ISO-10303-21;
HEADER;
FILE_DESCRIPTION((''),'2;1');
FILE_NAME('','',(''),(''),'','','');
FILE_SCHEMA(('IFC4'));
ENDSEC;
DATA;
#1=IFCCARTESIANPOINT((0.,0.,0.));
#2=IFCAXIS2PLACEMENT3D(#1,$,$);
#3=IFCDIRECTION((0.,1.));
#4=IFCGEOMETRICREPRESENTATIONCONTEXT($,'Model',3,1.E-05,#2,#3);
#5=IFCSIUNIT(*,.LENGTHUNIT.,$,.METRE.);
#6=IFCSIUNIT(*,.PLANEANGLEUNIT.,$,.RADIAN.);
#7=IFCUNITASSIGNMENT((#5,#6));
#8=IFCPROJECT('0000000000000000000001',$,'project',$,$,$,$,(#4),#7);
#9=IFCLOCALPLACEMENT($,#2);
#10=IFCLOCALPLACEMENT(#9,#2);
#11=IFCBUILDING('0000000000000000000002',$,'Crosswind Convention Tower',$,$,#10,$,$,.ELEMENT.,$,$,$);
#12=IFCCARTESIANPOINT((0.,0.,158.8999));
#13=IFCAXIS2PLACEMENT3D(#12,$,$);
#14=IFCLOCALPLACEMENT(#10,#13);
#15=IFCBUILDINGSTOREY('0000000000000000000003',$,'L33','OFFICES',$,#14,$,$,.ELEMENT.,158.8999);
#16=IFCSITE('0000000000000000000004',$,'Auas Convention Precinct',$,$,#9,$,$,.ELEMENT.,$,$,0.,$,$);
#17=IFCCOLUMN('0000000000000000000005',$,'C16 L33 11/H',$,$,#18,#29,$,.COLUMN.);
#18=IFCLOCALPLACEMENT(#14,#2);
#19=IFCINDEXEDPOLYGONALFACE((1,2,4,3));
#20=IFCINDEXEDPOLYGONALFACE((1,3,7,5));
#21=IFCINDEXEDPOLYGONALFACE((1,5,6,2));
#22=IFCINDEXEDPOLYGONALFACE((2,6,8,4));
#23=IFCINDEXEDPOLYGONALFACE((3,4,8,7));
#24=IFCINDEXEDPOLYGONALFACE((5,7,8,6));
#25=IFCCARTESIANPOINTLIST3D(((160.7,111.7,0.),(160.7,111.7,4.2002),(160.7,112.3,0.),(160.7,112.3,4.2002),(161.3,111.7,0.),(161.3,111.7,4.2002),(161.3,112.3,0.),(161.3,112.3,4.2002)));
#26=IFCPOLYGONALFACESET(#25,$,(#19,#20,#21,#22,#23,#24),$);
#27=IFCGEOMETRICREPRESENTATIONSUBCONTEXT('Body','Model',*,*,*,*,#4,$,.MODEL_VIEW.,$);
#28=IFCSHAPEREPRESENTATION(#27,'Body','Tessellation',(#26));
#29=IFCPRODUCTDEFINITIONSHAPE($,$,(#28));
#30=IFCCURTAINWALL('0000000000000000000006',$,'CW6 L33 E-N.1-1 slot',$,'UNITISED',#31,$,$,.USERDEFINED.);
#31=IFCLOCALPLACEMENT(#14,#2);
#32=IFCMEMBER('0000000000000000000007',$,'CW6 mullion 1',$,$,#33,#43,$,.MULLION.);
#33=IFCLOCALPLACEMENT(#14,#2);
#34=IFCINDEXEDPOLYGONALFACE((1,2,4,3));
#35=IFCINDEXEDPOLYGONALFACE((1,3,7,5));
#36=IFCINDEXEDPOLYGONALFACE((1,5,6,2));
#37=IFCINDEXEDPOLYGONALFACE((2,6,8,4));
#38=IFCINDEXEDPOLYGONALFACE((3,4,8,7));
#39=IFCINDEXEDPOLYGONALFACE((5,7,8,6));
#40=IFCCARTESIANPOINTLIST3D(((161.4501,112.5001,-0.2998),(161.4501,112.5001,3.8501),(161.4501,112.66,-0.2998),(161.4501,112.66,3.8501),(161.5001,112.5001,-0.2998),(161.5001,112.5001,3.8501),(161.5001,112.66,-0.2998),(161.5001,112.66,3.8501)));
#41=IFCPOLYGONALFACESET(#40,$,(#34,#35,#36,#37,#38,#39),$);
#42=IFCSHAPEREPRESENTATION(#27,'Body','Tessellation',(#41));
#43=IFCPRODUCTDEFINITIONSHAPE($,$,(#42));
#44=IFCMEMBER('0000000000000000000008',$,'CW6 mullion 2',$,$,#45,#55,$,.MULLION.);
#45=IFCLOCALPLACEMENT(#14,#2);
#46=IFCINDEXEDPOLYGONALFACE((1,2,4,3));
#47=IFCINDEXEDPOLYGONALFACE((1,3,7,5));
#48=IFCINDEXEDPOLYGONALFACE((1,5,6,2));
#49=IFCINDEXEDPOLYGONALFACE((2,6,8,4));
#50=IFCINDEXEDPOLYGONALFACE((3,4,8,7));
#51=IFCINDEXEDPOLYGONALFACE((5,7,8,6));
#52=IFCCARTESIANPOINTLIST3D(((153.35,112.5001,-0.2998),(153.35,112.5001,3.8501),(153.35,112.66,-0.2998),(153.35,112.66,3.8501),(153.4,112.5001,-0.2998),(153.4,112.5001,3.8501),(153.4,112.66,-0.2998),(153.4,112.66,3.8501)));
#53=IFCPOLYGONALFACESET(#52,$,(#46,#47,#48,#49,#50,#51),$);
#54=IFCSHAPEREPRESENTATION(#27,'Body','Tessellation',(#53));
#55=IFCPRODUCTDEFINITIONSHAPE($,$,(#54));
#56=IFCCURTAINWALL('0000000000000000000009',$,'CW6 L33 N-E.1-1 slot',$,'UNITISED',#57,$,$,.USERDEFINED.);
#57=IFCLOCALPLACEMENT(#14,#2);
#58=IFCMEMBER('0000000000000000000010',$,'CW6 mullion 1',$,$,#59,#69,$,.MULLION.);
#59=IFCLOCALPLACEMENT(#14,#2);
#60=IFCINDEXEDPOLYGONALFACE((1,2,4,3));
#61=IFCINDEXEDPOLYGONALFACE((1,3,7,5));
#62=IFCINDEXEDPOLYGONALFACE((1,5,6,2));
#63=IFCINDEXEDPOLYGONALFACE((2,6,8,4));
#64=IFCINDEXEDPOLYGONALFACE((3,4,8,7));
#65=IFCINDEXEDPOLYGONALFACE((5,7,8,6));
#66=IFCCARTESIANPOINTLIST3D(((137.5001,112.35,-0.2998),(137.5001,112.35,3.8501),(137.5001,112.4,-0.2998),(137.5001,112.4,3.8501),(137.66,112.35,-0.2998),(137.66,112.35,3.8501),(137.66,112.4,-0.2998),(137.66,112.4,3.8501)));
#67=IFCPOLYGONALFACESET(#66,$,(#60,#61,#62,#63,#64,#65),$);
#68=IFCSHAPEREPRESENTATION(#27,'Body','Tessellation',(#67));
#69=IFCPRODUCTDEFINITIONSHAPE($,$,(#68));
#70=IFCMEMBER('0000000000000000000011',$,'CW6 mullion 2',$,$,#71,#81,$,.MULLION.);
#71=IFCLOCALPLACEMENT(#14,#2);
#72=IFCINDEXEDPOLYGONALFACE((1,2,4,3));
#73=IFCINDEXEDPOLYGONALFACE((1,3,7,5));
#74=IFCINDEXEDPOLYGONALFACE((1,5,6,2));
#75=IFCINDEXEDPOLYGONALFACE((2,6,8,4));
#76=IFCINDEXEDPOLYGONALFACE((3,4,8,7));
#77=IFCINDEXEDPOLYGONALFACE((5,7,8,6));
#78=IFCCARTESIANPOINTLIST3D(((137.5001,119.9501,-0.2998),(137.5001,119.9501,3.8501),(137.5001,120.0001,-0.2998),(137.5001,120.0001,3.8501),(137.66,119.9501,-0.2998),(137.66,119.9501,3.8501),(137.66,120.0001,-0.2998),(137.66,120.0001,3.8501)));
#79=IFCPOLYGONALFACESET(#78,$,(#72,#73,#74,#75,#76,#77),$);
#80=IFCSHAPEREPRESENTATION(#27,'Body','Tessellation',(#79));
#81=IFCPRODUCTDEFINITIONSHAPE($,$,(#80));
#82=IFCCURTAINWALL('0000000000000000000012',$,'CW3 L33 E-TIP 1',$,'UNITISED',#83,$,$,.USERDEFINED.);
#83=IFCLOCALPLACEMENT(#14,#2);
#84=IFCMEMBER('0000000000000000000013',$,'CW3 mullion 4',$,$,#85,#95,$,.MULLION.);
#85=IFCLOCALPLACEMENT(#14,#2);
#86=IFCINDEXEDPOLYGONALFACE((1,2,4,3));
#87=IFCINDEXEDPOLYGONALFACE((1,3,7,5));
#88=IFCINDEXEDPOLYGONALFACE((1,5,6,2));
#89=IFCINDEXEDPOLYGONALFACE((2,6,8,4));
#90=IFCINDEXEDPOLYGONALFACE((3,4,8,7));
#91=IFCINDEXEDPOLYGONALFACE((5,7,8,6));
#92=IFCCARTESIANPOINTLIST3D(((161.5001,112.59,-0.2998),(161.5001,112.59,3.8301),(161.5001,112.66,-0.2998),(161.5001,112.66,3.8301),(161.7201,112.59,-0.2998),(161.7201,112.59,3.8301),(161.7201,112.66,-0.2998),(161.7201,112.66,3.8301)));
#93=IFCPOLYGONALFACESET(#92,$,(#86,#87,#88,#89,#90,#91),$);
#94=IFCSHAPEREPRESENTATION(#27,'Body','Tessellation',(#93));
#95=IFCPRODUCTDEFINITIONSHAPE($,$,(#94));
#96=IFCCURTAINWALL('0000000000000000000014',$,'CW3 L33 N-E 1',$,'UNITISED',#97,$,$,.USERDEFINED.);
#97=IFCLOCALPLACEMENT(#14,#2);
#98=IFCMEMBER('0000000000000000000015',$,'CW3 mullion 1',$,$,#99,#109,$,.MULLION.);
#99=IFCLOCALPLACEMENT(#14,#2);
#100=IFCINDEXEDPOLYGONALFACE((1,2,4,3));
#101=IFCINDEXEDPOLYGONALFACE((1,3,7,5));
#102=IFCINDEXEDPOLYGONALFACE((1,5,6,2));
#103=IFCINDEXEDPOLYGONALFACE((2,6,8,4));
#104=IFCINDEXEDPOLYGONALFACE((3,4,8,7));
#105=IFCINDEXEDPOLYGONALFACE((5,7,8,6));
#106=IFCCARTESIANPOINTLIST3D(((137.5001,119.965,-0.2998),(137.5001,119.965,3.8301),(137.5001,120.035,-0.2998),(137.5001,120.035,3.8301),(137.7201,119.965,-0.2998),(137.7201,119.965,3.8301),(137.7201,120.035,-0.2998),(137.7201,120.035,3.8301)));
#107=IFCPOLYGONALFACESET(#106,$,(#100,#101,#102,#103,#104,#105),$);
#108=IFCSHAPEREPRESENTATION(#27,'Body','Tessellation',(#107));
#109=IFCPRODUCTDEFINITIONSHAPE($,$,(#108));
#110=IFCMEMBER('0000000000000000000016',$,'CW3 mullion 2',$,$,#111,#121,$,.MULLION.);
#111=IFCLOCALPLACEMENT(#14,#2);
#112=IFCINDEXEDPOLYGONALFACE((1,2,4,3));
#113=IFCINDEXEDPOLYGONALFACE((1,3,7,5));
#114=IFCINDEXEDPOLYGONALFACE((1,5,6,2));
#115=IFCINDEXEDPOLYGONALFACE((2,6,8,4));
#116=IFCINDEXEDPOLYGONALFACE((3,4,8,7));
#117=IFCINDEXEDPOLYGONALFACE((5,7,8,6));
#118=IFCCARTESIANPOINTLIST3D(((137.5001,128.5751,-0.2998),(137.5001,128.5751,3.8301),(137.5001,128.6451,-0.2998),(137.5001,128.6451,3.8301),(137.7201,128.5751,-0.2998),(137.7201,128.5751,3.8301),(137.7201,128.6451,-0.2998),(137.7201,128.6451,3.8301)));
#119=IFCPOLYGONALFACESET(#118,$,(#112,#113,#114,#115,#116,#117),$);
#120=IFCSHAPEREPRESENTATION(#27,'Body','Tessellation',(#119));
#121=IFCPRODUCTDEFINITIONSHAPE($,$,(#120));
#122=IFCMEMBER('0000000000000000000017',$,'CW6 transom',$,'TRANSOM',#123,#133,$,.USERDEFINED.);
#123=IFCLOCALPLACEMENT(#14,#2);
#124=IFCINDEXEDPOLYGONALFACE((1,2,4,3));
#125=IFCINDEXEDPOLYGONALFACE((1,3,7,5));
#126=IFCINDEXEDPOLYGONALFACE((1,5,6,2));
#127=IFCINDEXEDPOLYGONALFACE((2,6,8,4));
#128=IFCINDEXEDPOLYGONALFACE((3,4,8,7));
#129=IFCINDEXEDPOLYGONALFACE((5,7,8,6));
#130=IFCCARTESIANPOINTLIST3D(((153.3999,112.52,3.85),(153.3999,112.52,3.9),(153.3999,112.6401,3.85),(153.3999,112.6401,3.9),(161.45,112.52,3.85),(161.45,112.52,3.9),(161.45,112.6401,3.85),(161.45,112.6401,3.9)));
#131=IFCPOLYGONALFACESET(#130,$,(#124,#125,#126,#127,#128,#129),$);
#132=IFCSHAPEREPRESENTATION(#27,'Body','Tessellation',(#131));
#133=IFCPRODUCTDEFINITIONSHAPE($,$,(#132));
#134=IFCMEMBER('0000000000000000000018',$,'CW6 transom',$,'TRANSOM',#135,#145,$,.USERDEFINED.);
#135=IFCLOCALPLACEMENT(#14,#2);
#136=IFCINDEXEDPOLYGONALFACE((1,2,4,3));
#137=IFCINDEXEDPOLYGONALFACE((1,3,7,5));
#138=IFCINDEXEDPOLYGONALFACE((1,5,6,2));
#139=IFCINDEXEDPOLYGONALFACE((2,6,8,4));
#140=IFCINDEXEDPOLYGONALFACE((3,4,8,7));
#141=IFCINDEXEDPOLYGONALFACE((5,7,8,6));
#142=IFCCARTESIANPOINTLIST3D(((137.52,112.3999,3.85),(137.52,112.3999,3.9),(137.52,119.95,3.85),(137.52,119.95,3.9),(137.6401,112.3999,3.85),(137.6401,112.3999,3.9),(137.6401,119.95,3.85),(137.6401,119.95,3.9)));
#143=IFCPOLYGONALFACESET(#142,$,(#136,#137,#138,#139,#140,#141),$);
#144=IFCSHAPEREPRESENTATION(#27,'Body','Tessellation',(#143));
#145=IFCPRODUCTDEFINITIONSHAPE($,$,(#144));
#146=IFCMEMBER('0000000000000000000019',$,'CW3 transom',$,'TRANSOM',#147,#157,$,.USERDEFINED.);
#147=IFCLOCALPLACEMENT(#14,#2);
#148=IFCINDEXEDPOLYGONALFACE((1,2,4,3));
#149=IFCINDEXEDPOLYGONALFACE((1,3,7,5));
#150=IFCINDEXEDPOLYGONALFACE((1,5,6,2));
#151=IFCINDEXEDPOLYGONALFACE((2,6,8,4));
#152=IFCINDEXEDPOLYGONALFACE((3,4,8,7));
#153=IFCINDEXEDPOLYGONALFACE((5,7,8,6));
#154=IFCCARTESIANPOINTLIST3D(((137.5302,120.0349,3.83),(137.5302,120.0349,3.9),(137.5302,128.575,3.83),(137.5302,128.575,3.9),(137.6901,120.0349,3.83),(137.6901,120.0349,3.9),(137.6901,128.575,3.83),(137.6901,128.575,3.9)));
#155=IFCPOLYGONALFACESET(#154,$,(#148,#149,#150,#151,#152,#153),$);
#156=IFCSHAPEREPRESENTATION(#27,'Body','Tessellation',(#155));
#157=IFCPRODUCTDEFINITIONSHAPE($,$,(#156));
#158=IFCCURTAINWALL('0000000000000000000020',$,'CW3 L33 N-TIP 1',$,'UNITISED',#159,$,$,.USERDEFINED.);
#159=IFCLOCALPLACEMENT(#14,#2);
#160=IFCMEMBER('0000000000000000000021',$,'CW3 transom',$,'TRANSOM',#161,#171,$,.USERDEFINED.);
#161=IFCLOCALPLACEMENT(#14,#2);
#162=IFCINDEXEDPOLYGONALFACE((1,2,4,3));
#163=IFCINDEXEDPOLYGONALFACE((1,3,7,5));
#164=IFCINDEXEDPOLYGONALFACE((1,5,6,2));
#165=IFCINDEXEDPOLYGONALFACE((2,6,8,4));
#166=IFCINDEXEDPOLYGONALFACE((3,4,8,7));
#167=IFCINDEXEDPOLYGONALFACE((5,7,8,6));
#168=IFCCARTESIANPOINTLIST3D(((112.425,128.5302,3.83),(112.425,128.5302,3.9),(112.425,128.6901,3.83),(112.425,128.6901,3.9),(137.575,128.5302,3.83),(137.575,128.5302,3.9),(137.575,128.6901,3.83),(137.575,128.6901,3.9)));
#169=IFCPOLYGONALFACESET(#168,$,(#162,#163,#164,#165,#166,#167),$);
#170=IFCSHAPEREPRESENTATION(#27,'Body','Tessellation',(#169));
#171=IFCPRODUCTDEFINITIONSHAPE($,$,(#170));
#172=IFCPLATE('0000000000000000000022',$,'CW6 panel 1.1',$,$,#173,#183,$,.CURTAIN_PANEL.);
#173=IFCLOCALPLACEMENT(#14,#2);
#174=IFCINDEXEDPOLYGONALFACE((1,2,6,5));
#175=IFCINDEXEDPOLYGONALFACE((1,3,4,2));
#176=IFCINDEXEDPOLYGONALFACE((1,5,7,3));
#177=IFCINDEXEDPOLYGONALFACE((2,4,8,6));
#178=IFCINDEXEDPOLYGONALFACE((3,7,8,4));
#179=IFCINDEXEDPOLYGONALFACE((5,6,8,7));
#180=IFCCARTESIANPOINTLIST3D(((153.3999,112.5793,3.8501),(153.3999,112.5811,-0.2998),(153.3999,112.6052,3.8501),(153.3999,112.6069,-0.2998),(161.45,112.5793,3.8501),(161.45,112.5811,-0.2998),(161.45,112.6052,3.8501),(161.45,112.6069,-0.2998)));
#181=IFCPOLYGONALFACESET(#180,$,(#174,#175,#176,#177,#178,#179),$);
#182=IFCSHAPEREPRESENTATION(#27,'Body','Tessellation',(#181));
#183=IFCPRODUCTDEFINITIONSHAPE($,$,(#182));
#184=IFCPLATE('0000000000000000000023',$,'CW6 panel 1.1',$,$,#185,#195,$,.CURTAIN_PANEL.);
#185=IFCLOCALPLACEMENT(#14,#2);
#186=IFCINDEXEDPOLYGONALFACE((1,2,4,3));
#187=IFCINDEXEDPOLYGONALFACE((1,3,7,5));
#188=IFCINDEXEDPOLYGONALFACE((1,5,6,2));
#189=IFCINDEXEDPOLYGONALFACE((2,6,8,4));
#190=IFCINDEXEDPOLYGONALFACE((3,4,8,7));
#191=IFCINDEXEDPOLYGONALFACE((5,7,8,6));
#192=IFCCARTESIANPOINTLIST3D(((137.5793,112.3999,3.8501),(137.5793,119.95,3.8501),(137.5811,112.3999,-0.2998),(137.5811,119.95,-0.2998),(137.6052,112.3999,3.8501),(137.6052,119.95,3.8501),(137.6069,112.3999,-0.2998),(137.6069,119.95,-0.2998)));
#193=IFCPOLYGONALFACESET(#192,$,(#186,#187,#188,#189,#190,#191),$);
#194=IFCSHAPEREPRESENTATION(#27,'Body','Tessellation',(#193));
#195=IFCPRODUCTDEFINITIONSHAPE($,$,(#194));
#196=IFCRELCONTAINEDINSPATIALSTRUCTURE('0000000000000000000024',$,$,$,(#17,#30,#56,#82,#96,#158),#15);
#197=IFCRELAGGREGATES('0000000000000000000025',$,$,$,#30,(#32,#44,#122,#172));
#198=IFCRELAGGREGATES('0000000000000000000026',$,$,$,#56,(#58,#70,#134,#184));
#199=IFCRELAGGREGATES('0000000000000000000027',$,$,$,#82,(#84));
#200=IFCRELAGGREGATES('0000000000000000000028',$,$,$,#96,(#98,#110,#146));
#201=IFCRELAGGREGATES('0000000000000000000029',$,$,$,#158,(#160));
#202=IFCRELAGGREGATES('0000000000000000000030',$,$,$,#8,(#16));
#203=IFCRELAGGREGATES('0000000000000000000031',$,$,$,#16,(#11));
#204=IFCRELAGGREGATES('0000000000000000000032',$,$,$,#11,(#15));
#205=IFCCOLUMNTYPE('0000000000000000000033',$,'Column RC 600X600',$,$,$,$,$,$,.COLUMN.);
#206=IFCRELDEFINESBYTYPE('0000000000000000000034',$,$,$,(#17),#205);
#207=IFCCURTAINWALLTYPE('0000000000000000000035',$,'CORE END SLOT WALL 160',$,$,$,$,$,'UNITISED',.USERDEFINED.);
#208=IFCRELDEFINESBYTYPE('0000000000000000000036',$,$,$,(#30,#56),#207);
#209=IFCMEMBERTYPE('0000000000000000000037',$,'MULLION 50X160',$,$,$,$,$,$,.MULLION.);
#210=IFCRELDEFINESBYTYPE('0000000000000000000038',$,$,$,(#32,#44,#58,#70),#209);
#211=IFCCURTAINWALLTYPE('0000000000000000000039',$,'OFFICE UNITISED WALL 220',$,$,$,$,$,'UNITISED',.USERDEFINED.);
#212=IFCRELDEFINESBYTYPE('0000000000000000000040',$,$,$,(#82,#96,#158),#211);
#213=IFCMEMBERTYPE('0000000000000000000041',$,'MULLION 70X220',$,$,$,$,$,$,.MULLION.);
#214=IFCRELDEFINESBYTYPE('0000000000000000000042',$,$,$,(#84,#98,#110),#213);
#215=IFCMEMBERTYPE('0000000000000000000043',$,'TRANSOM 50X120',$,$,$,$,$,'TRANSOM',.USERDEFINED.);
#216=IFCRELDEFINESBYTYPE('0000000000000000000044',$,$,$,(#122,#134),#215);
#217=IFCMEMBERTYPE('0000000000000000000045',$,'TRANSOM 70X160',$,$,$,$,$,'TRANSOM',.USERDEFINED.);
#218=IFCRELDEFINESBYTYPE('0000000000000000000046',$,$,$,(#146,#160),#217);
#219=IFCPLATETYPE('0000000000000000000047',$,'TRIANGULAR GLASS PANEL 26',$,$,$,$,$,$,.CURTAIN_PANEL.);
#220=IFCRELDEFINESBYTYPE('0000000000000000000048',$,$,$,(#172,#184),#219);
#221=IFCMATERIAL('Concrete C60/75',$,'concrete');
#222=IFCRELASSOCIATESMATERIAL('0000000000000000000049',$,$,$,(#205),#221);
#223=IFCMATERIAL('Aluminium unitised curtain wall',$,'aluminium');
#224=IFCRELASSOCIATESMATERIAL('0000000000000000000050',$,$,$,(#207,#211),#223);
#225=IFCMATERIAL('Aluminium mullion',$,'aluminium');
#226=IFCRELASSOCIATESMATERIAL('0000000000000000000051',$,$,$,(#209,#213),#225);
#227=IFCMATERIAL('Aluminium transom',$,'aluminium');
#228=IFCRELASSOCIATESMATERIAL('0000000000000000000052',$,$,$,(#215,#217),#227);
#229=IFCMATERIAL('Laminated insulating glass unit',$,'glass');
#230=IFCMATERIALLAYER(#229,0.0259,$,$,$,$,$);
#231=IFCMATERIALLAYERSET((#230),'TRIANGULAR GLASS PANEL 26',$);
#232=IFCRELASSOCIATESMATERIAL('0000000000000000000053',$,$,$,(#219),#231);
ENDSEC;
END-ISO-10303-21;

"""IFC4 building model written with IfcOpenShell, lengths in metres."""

from ifc_helpers import new_model, si_unit, direction, frame, origin, origin_2d, place, context, subcontext, project, spatial, polyline, rectangle, outline, extrude, material, layer, layer_set, material_profile, profile_set, type_object, element, aggregate, save


model = new_model("IFC4")

# Units and contexts
model_context = context("Model", 3, precision=1e-05, world=origin(), true_north=direction((0.0, 1.0)))
body_context = subcontext(model_context, "Body", "Model", "MODEL_VIEW")
ifc_project = project(units=[si_unit("LENGTHUNIT", "METRE"), si_unit("PLANEANGLEUNIT", "RADIAN")], contexts=[model_context])

# Site, building, storey
site_placement = place(None, origin())
site = spatial("IfcSite", under=ifc_project, at=site_placement, Name="Auas Convention Precinct", CompositionType="ELEMENT", RefElevation=0.0)
building_placement = place(site_placement, origin())
building = spatial("IfcBuilding", under=site, at=building_placement, Name="Crosswind Convention Tower", CompositionType="ELEMENT")
storey_placement = place(building_placement, frame((0.0, 0.0, 158.8999)))
storey = spatial("IfcBuildingStorey", under=building, at=storey_placement, Name="L33", Description="OFFICES", CompositionType="ELEMENT", Elevation=158.8999)

# Column
ifc_material_1 = material(Name="Concrete C60/75", Category="concrete")
ifc_material_profile_1 = material_profile(ifc_material_1, rectangle(XDim=0.6001, YDim=0.6001, at=origin_2d()), Name="RC 600X600")
ifc_profile_set_1 = profile_set([ifc_material_profile_1], Name="Concrete C60/75")
column_type = type_object("IfcColumnType", Name="Column RC 600X600", PredefinedType="COLUMN", material=ifc_profile_set_1)
column_placement = place(storey_placement, frame((161.0, 112.0, 0.0), z_axis=(0.0, 0.0, 1.0), x_axis=(1.0, 0.0, 0.0)))
element("IfcColumn", 1, at=column_placement, inside=storey, type_object=column_type, Name="C16 L33 11/H", PredefinedType="COLUMN", context=body_context, shape_type="SweptSolid", body=[
    extrude(rectangle(XDim=0.6001, YDim=0.6001, at=origin_2d()), origin(), (0.0, 0.0, 1.0), 4.2002),
])

# Curtain walls, members
ifc_material_2 = material(Name="Aluminium unitised curtain wall", Category="aluminium")
curtain_wall_type_1 = type_object("IfcCurtainWallType", Name="CORE END SLOT WALL 160", ElementType="UNITISED", PredefinedType="USERDEFINED", material=ifc_material_2)
curtain_wall_1_placement = place(storey_placement, origin())
curtain_wall_1 = element("IfcCurtainWall", 2, at=curtain_wall_1_placement, inside=storey, type_object=curtain_wall_type_1, Name="CW6 L33 E-N.1-1 slot", ObjectType="UNITISED", PredefinedType="USERDEFINED")
ifc_material_3 = material(Name="Aluminium mullion", Category="aluminium")
ifc_material_profile_2 = material_profile(ifc_material_3, rectangle(XDim=0.1599, YDim=0.05, at=origin_2d()), Name="AL 160X50")
ifc_profile_set_2 = profile_set([ifc_material_profile_2], Name="Aluminium mullion")
member_type_1 = type_object("IfcMemberType", Name="MULLION 50X160", PredefinedType="MULLION", material=ifc_profile_set_2)
member_1_placement = place(storey_placement, frame((161.4751, 112.5801, -0.2998), z_axis=(0.0, 0.0, 1.0), x_axis=(0.0, 1.0, 0.0)))
member_1 = element("IfcMember", 3, at=member_1_placement, type_object=member_type_1, Name="CW6 mullion 1", PredefinedType="MULLION", context=body_context, shape_type="SweptSolid", body=[
    extrude(rectangle(XDim=0.1599, YDim=0.05, at=origin_2d()), origin(), (0.0, 0.0, 1.0), 4.1499),
])
member_2_placement = place(storey_placement, frame((153.375, 112.5801, -0.2998), z_axis=(0.0, 0.0, 1.0), x_axis=(0.0, 1.0, 0.0)))
member_2 = element("IfcMember", 4, at=member_2_placement, type_object=member_type_1, Name="CW6 mullion 2", PredefinedType="MULLION", context=body_context, shape_type="SweptSolid", body=[
    extrude(rectangle(XDim=0.1599, YDim=0.05, at=origin_2d()), origin(), (0.0, 0.0, 1.0), 4.1499),
])
curtain_wall_2_placement = place(storey_placement, origin())
curtain_wall_2 = element("IfcCurtainWall", 5, at=curtain_wall_2_placement, inside=storey, type_object=curtain_wall_type_1, Name="CW6 L33 N-E.1-1 slot", ObjectType="UNITISED", PredefinedType="USERDEFINED")
member_3_placement = place(storey_placement, frame((137.5801, 112.375, -0.2998), z_axis=(0.0, 0.0, 1.0), x_axis=(1.0, 0.0, 0.0)))
member_3 = element("IfcMember", 6, at=member_3_placement, type_object=member_type_1, Name="CW6 mullion 1", PredefinedType="MULLION", context=body_context, shape_type="SweptSolid", body=[
    extrude(rectangle(XDim=0.1599, YDim=0.05, at=origin_2d()), origin(), (0.0, 0.0, 1.0), 4.1499),
])
member_4_placement = place(storey_placement, frame((137.5801, 119.9751, -0.2998), z_axis=(0.0, 0.0, 1.0), x_axis=(1.0, 0.0, 0.0)))
member_4 = element("IfcMember", 7, at=member_4_placement, type_object=member_type_1, Name="CW6 mullion 2", PredefinedType="MULLION", context=body_context, shape_type="SweptSolid", body=[
    extrude(rectangle(XDim=0.1599, YDim=0.05, at=origin_2d()), origin(), (0.0, 0.0, 1.0), 4.1499),
])

# Curtain wall, member
curtain_wall_type_2 = type_object("IfcCurtainWallType", Name="OFFICE UNITISED WALL 220", ElementType="UNITISED", PredefinedType="USERDEFINED", material=ifc_material_2)
curtain_wall_3_placement = place(storey_placement, origin())
curtain_wall_3 = element("IfcCurtainWall", 8, at=curtain_wall_3_placement, inside=storey, type_object=curtain_wall_type_2, Name="CW3 L33 E-TIP 1", ObjectType="UNITISED", PredefinedType="USERDEFINED")
ifc_material_profile_3 = material_profile(ifc_material_3, rectangle(XDim=0.22, YDim=0.0701, at=origin_2d()), Name="AL 220X70")
ifc_profile_set_3 = profile_set([ifc_material_profile_3], Name="Aluminium mullion")
member_type_2 = type_object("IfcMemberType", Name="MULLION 70X220", PredefinedType="MULLION", material=ifc_profile_set_3)
member_5_placement = place(storey_placement, frame((161.6101, 112.625, -0.2998), z_axis=(0.0, 0.0, 1.0), x_axis=(1.0, 0.0, 0.0)))
member_5 = element("IfcMember", 9, at=member_5_placement, type_object=member_type_2, Name="CW3 mullion 4", PredefinedType="MULLION", context=body_context, shape_type="SweptSolid", body=[
    extrude(rectangle(XDim=0.22, YDim=0.0701, at=origin_2d()), origin(), (0.0, 0.0, 1.0), 4.1299),
])

# Curtain wall, members
curtain_wall_4_placement = place(storey_placement, origin())
curtain_wall_4 = element("IfcCurtainWall", 10, at=curtain_wall_4_placement, inside=storey, type_object=curtain_wall_type_2, Name="CW3 L33 N-E 1", ObjectType="UNITISED", PredefinedType="USERDEFINED")
member_6_placement = place(storey_placement, frame((137.6101, 120.0, -0.2998), z_axis=(0.0, 0.0, 1.0), x_axis=(1.0, 0.0, 0.0)))
member_6 = element("IfcMember", 11, at=member_6_placement, type_object=member_type_2, Name="CW3 mullion 1", PredefinedType="MULLION", context=body_context, shape_type="SweptSolid", body=[
    extrude(rectangle(XDim=0.22, YDim=0.0701, at=origin_2d()), origin(), (0.0, 0.0, 1.0), 4.1299),
])
member_7_placement = place(storey_placement, frame((137.6101, 128.6101, -0.2998), z_axis=(0.0, 0.0, 1.0), x_axis=(1.0, 0.0, 0.0)))
member_7 = element("IfcMember", 12, at=member_7_placement, type_object=member_type_2, Name="CW3 mullion 2", PredefinedType="MULLION", context=body_context, shape_type="SweptSolid", body=[
    extrude(rectangle(XDim=0.22, YDim=0.0701, at=origin_2d()), origin(), (0.0, 0.0, 1.0), 4.1299),
])

# Members
ifc_material_4 = material(Name="Aluminium transom", Category="aluminium")
ifc_material_profile_4 = material_profile(ifc_material_4, rectangle(XDim=0.1201, YDim=0.05, at=origin_2d()), Name="AL 120X50")
ifc_profile_set_4 = profile_set([ifc_material_profile_4], Name="Aluminium transom")
member_type_3 = type_object("IfcMemberType", Name="TRANSOM 50X120", ElementType="TRANSOM", PredefinedType="USERDEFINED", material=ifc_profile_set_4)
member_8_placement = place(storey_placement, frame((161.45, 112.5801, 3.875), z_axis=(-1.0, 0.0, 0.0), x_axis=(0.0, -1.0, 0.0)))
member_8 = element("IfcMember", 13, at=member_8_placement, type_object=member_type_3, Name="CW6 transom", ObjectType="TRANSOM", PredefinedType="USERDEFINED", context=body_context, shape_type="SweptSolid", body=[
    extrude(rectangle(XDim=0.1201, YDim=0.05, at=origin_2d()), origin(), (0.0, 0.0, 1.0), 8.05),
])
member_9_placement = place(storey_placement, frame((137.5801, 112.3999, 3.875), z_axis=(0.0, 1.0, 0.0), x_axis=(-1.0, 0.0, 0.0)))
member_9 = element("IfcMember", 14, at=member_9_placement, type_object=member_type_3, Name="CW6 transom", ObjectType="TRANSOM", PredefinedType="USERDEFINED", context=body_context, shape_type="SweptSolid", body=[
    extrude(rectangle(XDim=0.1201, YDim=0.05, at=origin_2d()), origin(), (0.0, 0.0, 1.0), 7.55),
])
ifc_material_profile_5 = material_profile(ifc_material_4, rectangle(XDim=0.1599, YDim=0.0701, at=origin_2d()), Name="AL 160X70")
ifc_profile_set_5 = profile_set([ifc_material_profile_5], Name="Aluminium transom")
member_type_4 = type_object("IfcMemberType", Name="TRANSOM 70X160", ElementType="TRANSOM", PredefinedType="USERDEFINED", material=ifc_profile_set_5)
member_10_placement = place(storey_placement, frame((137.6101, 120.0349, 3.865), z_axis=(0.0, 1.0, 0.0), x_axis=(-1.0, 0.0, 0.0)))
member_10 = element("IfcMember", 15, at=member_10_placement, type_object=member_type_4, Name="CW3 transom", ObjectType="TRANSOM", PredefinedType="USERDEFINED", context=body_context, shape_type="SweptSolid", body=[
    extrude(rectangle(XDim=0.1599, YDim=0.0701, at=origin_2d()), origin(), (0.0, 0.0, 1.0), 8.54),
])

# Curtain wall, member
curtain_wall_5_placement = place(storey_placement, origin())
curtain_wall_5 = element("IfcCurtainWall", 16, at=curtain_wall_5_placement, inside=storey, type_object=curtain_wall_type_2, Name="CW3 L33 N-TIP 1", ObjectType="UNITISED", PredefinedType="USERDEFINED")
member_11_placement = place(storey_placement, frame((137.575, 128.6101, 3.865), z_axis=(-1.0, 0.0, 0.0), x_axis=(0.0, -1.0, 0.0)))
member_11 = element("IfcMember", 17, at=member_11_placement, type_object=member_type_4, Name="CW3 transom", ObjectType="TRANSOM", PredefinedType="USERDEFINED", context=body_context, shape_type="SweptSolid", body=[
    extrude(rectangle(XDim=0.1599, YDim=0.0701, at=origin_2d()), origin(), (0.0, 0.0, 1.0), 25.1499),
])

# Plates
ifc_material_5 = material(Name="Laminated insulating glass unit", Category="glass")
ifc_layer_1 = layer(ifc_material_5, 0.0259)
ifc_layer_set_1 = layer_set([ifc_layer_1], Name="TRIANGULAR GLASS PANEL 26")
plate_type_1 = type_object("IfcPlateType", Name="TRIANGULAR GLASS PANEL 26", PredefinedType="CURTAIN_PANEL", material=ifc_layer_set_1)
plate_1_placement = place(storey_placement, frame((161.45, 112.6069, -0.2998), z_axis=(0.0, 1.0, 0.000412), x_axis=(-1.0, 0.0, 0.0)))
plate_1 = element("IfcPlate", 18, at=plate_1_placement, type_object=plate_type_1, Name="CW6 panel 1.1", PredefinedType="CURTAIN_PANEL", context=body_context, shape_type="SweptSolid", body=[
    extrude(outline(polyline([(0.0, 0.0), (8.05, 0.0), (8.05, 4.1499), (0.0, 4.1499), (0.0, 0.0)])), origin(), (0.0, 0.0, -1.0), 0.0259),
])
aggregate(curtain_wall_1, [member_1, member_2, member_8, plate_1])
plate_2_placement = place(storey_placement, frame((137.6069, 112.3999, -0.2998), z_axis=(1.0, 0.0, 0.000412), x_axis=(0.0, 1.0, 0.0)))
plate_2 = element("IfcPlate", 19, at=plate_2_placement, type_object=plate_type_1, Name="CW6 panel 1.1", PredefinedType="CURTAIN_PANEL", context=body_context, shape_type="SweptSolid", body=[
    extrude(outline(polyline([(0.0, 0.0), (7.55, 0.0), (7.55, 4.1499), (0.0, 4.1499), (0.0, 0.0)])), origin(), (0.0, 0.0, -1.0), 0.0259),
])
aggregate(curtain_wall_2, [member_3, member_4, member_9, plate_2])
aggregate(curtain_wall_3, [member_5])

aggregate(curtain_wall_4, [member_6, member_7, member_10])
aggregate(curtain_wall_5, [member_11])

save(model, "model.ifc")
